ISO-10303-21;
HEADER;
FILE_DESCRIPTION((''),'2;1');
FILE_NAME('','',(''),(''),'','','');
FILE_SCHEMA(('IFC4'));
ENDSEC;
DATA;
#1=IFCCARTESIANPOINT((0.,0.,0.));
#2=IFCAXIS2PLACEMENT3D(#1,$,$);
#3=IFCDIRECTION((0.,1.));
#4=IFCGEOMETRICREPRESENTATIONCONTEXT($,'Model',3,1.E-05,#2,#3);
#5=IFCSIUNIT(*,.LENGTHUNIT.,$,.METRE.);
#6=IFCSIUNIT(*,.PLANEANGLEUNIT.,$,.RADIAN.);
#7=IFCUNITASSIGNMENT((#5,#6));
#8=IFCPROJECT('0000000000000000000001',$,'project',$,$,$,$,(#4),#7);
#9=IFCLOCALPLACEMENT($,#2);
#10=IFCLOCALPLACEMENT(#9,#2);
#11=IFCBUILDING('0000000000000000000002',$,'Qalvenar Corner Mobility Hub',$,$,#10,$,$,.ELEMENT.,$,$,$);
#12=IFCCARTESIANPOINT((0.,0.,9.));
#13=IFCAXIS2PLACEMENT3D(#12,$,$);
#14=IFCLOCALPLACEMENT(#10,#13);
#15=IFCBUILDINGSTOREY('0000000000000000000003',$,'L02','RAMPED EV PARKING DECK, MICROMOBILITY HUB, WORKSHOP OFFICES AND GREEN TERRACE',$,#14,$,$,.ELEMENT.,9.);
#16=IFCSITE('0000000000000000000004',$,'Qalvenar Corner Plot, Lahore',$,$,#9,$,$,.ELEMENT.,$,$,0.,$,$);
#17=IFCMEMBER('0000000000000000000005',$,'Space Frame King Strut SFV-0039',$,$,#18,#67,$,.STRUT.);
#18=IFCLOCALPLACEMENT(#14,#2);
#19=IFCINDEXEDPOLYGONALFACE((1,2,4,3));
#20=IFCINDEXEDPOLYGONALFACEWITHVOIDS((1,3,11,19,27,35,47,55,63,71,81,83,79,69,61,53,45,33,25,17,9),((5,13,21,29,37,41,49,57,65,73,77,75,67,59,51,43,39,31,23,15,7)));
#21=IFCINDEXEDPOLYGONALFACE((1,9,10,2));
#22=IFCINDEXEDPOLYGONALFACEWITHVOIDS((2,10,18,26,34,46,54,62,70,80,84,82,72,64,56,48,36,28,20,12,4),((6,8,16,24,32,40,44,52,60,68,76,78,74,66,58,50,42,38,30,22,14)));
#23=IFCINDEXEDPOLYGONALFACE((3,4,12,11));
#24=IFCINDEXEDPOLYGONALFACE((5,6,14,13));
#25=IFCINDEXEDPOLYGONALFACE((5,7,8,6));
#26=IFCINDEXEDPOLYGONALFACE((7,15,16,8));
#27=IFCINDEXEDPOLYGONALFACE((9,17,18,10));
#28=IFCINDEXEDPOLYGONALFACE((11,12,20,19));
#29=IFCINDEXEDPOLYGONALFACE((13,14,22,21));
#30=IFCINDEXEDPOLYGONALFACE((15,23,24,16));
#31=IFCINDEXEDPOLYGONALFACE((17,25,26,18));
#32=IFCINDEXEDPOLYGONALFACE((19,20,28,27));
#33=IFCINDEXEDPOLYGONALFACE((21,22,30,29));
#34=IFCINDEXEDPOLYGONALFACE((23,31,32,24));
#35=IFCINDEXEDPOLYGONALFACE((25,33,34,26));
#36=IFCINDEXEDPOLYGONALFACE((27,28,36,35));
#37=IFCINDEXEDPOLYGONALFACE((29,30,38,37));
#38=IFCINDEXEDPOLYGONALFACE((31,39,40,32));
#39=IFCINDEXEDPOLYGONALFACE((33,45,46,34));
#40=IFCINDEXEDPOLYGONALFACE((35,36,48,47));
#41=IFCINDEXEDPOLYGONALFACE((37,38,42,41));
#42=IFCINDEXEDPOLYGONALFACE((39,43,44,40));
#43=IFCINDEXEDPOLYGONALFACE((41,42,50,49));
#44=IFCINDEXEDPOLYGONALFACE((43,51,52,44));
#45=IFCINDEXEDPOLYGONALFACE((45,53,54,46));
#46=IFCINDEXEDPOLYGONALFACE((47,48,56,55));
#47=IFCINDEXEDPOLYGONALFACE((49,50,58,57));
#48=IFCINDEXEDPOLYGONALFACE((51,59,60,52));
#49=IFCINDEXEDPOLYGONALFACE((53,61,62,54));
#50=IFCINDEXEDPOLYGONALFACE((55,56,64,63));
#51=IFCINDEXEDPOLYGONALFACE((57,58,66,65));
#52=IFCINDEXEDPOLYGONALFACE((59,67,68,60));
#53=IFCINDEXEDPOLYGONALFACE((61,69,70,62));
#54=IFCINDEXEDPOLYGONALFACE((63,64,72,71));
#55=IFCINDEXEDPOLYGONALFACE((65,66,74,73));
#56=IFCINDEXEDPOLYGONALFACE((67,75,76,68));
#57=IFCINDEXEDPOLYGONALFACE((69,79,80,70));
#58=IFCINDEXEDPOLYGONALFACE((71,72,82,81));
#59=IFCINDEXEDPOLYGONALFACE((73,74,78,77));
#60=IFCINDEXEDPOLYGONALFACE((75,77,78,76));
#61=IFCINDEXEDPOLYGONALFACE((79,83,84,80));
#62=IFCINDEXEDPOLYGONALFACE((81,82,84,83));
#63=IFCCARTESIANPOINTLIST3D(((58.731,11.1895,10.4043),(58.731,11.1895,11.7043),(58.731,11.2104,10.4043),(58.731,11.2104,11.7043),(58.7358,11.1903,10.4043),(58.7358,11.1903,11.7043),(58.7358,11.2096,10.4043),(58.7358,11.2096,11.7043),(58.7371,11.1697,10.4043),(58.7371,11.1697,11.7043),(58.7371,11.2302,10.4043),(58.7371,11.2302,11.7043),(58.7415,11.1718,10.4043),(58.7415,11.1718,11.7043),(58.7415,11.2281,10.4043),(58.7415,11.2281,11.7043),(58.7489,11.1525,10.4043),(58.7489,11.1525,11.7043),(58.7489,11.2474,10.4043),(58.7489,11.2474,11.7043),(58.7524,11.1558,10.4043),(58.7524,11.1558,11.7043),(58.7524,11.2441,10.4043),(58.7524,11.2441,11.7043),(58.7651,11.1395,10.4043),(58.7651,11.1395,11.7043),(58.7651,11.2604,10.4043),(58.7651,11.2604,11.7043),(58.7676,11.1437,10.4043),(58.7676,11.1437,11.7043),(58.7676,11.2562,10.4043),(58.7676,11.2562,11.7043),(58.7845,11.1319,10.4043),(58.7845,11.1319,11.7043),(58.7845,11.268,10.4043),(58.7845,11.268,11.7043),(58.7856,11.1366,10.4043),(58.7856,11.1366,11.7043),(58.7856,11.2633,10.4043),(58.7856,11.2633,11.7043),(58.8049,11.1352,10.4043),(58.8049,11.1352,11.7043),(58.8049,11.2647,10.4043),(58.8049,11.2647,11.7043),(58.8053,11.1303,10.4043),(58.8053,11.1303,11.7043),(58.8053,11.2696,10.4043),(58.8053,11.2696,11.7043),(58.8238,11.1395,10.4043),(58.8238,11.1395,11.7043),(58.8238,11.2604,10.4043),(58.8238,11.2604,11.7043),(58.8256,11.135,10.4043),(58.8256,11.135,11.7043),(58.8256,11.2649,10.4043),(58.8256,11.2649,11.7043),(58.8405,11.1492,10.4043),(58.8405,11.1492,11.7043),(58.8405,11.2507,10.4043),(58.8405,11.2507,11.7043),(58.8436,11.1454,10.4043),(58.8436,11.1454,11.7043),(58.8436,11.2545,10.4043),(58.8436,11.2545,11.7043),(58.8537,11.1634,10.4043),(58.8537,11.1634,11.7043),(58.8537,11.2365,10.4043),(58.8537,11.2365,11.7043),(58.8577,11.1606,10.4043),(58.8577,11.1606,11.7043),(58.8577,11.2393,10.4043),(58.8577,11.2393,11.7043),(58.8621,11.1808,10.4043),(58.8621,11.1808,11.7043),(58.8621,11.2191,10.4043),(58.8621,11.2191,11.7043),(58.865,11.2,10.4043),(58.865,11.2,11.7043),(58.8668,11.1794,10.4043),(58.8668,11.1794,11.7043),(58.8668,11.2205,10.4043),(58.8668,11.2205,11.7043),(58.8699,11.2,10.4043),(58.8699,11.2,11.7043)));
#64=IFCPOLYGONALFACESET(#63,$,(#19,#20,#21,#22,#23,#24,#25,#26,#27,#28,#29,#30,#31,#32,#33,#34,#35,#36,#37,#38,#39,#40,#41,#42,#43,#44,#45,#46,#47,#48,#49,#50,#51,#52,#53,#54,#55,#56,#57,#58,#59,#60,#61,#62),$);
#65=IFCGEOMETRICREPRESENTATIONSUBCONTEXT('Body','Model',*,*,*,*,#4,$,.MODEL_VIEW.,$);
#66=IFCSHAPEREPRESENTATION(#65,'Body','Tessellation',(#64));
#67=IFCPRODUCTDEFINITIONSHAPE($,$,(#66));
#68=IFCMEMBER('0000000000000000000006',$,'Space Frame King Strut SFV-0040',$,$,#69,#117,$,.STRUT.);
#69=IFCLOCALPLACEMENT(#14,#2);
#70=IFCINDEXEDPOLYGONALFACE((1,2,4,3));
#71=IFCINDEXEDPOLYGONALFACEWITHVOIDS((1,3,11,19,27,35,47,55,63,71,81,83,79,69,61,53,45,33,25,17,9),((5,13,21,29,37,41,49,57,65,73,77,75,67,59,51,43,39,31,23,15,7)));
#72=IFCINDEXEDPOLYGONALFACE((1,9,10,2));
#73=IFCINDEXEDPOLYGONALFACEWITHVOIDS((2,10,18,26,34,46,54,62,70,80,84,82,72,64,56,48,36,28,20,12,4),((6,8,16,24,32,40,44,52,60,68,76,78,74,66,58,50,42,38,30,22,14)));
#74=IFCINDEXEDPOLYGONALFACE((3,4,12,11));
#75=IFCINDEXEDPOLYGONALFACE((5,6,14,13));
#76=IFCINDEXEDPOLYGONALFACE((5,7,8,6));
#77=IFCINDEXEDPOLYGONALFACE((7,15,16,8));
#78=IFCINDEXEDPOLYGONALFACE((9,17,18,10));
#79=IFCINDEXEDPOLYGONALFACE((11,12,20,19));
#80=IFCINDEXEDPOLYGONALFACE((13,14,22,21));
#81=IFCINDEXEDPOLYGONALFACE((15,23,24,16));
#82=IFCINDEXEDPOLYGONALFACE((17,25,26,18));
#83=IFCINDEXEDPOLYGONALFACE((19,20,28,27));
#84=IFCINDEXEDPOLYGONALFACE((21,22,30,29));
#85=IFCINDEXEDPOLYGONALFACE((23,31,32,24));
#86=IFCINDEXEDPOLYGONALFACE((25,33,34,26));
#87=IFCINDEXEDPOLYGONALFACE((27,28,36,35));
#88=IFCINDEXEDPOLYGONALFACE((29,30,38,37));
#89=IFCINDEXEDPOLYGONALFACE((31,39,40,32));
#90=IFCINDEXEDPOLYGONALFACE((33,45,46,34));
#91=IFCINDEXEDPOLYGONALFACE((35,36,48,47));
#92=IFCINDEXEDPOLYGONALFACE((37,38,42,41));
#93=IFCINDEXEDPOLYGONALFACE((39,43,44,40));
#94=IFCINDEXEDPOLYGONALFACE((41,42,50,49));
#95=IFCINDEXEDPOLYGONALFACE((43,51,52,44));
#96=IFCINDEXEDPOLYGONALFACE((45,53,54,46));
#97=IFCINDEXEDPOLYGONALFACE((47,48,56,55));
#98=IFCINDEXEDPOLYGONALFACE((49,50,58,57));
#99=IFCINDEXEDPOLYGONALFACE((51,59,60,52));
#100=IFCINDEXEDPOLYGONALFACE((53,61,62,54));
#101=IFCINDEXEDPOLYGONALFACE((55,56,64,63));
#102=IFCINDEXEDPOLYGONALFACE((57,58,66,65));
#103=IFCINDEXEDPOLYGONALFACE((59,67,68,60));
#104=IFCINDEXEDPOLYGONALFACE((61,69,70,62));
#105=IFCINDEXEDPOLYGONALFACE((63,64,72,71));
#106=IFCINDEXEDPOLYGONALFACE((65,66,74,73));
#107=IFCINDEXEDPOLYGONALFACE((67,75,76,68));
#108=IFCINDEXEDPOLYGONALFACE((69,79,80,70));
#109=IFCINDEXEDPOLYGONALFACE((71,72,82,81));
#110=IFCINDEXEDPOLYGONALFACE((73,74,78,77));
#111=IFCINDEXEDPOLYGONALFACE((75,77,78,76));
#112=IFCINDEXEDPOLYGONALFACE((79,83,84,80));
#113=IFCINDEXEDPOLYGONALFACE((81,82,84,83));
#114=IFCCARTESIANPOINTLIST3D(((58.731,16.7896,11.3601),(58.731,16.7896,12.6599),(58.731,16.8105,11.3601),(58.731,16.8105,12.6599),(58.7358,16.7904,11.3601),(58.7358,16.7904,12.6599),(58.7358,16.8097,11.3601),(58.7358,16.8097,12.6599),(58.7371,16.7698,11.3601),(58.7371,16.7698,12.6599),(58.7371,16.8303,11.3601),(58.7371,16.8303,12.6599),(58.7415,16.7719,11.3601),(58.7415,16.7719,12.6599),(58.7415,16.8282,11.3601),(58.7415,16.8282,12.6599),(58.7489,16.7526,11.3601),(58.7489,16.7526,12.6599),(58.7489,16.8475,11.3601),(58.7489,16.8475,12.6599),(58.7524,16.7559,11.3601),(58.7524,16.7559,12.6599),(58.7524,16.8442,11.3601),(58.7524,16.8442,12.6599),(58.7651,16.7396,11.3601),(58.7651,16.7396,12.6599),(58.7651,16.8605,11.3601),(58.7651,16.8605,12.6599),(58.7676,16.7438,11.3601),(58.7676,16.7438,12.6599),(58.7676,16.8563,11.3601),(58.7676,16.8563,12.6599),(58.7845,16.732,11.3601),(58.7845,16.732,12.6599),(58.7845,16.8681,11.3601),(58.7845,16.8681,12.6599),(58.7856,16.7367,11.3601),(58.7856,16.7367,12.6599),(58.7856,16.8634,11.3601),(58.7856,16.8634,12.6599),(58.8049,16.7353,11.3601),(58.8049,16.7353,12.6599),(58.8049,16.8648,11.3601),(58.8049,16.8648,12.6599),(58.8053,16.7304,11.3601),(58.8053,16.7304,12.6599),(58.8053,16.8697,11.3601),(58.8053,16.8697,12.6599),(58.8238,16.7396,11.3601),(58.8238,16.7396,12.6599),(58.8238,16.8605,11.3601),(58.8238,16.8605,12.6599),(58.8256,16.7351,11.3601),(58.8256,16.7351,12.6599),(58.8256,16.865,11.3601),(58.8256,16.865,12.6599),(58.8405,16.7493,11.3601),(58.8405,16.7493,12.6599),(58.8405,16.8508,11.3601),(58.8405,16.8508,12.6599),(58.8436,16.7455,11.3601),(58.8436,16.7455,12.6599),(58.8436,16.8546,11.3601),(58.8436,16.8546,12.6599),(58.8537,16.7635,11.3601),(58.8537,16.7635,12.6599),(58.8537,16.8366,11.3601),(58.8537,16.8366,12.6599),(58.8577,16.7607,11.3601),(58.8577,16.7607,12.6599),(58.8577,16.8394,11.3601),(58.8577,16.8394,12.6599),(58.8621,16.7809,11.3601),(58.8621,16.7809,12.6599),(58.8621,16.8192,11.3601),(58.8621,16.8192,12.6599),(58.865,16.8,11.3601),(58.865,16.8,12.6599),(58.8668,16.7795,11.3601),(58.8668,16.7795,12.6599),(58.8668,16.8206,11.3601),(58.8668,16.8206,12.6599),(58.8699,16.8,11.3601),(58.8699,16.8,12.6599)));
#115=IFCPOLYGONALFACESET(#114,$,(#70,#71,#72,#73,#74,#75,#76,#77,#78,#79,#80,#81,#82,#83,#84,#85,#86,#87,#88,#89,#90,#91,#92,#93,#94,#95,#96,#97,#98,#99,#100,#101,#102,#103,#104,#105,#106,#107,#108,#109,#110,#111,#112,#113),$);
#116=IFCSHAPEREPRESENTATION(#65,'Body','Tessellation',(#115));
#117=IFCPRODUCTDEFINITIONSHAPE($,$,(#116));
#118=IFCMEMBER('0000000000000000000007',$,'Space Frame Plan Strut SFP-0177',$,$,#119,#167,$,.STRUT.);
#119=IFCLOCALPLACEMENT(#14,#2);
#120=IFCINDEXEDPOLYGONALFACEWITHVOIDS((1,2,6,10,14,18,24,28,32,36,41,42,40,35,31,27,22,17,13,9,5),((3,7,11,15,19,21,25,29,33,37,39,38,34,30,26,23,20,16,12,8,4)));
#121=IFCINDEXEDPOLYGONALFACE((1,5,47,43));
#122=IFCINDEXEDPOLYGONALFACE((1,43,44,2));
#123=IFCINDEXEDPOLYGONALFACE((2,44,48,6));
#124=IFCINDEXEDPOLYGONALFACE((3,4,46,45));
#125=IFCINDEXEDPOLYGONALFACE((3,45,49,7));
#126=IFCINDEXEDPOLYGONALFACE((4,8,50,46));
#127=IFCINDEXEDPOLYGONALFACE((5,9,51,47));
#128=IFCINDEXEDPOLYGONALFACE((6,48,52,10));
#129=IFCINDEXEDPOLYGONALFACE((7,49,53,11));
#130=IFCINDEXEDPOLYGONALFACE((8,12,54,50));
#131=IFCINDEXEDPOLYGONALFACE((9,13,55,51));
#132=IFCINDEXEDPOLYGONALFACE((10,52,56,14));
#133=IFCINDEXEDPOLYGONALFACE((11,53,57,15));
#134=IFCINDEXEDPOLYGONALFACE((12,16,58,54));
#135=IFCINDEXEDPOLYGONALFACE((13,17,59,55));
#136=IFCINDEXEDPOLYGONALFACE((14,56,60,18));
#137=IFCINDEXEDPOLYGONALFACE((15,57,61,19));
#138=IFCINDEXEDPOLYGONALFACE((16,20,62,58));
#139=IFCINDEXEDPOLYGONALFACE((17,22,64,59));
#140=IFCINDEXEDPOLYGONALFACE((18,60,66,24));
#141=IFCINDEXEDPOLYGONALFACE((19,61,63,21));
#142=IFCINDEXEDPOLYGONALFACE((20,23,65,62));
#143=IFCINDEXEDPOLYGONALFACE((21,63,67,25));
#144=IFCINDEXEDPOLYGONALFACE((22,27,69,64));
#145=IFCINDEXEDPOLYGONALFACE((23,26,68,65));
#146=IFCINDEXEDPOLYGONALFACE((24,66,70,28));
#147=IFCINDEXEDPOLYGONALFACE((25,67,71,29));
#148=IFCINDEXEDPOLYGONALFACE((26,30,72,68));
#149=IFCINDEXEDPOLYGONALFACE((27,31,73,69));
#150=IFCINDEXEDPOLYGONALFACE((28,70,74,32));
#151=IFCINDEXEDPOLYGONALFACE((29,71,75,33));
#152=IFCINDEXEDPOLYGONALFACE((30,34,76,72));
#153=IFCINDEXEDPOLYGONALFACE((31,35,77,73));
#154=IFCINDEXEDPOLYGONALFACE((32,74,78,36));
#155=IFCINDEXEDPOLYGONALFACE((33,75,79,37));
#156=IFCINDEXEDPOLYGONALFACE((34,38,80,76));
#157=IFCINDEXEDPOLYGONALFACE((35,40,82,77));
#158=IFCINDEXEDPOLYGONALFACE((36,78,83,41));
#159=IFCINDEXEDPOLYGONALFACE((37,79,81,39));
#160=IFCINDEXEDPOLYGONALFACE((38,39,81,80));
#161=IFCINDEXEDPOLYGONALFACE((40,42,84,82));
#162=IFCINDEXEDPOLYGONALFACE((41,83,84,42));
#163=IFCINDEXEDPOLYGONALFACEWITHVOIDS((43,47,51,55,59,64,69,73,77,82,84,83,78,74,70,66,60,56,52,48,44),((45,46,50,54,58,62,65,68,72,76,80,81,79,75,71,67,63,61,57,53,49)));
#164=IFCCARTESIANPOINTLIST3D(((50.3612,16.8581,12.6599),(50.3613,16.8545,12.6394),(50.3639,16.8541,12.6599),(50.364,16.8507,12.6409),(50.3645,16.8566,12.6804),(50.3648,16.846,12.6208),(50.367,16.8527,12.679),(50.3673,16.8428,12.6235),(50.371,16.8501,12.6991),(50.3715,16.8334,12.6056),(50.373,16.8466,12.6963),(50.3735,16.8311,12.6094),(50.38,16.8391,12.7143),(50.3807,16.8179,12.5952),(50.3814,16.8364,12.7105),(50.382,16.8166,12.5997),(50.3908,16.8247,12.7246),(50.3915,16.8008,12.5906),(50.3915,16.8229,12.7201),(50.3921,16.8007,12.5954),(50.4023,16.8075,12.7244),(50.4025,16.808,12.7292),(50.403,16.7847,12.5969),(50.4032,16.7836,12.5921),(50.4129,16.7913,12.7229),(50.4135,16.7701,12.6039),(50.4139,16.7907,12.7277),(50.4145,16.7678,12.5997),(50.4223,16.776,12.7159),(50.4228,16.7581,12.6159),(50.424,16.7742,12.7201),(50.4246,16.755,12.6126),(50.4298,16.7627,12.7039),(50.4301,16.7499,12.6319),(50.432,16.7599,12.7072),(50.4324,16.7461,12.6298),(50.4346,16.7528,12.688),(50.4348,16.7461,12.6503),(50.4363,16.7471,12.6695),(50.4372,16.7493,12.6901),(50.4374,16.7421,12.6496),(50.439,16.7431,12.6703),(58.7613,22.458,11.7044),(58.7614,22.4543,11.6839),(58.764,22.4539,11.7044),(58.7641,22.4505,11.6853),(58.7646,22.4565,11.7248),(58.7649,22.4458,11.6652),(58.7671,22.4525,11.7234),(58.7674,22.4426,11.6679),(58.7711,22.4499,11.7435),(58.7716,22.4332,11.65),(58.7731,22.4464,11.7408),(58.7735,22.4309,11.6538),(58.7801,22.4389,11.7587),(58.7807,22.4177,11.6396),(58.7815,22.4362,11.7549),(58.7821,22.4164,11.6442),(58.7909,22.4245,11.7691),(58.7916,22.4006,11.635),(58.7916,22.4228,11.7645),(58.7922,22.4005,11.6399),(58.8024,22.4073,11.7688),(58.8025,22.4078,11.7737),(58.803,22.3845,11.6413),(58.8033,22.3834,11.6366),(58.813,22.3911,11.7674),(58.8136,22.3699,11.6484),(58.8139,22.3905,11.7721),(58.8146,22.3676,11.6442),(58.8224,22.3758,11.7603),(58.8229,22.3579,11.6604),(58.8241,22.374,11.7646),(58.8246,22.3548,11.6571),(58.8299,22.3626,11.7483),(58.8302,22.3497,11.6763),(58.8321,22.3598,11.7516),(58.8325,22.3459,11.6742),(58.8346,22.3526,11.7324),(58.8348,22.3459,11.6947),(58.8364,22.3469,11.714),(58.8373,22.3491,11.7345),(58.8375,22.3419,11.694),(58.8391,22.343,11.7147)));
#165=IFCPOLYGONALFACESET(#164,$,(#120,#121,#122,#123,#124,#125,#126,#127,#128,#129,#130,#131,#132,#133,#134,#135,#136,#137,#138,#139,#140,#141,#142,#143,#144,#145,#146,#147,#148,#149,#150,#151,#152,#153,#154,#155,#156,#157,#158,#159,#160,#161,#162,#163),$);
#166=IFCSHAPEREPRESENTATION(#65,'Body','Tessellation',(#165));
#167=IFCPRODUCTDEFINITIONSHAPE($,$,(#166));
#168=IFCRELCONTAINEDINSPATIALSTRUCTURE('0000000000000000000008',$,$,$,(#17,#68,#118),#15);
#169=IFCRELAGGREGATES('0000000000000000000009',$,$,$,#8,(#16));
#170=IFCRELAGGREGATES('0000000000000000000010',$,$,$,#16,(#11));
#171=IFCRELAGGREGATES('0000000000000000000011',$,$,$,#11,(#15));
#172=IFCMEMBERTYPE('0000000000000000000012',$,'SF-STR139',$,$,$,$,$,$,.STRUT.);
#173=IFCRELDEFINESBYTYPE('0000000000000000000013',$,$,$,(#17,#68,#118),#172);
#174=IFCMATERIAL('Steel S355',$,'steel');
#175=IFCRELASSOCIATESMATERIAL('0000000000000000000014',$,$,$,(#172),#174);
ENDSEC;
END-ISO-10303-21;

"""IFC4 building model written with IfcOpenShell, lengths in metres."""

from ifc_helpers import new_model, si_unit, direction, frame, origin, origin_2d, place, context, subcontext, project, spatial, hollow_circle, extrude, material, material_profile, profile_set, type_object, element, save


model = new_model("IFC4")

# Units and contexts
model_context = context("Model", 3, precision=1e-05, world=origin(), true_north=direction((0.0, 1.0)))
body_context = subcontext(model_context, "Body", "Model", "MODEL_VIEW")
ifc_project = project(units=[si_unit("LENGTHUNIT", "METRE"), si_unit("PLANEANGLEUNIT", "RADIAN")], contexts=[model_context])

# Site, building, storey
site_placement = place(None, origin())
site = spatial("IfcSite", under=ifc_project, at=site_placement, Name="Qalvenar Corner Plot, Lahore", CompositionType="ELEMENT", RefElevation=0.0)
building_placement = place(site_placement, origin())
building = spatial("IfcBuilding", under=site, at=building_placement, Name="Qalvenar Corner Mobility Hub", CompositionType="ELEMENT")
storey_placement = place(building_placement, frame((0.0, 0.0, 9.0)))
storey = spatial("IfcBuildingStorey", under=building, at=storey_placement, Name="L02", Description="RAMPED EV PARKING DECK, MICROMOBILITY HUB, WORKSHOP OFFICES AND GREEN TERRACE", CompositionType="ELEMENT", Elevation=9.0)

# Members
ifc_material_1 = material(Name="Steel S355", Category="steel")
ifc_material_profile_1 = material_profile(ifc_material_1, hollow_circle(Radius=0.0698, WallThickness=0.0049, at=origin_2d()), Name="CHS139.7x5")
ifc_profile_set_1 = profile_set([ifc_material_profile_1], Name="Steel S355")
member_type_1 = type_object("IfcMemberType", Name="SF-STR139", PredefinedType="STRUT", material=ifc_profile_set_1)
member_1_placement = place(storey_placement, frame((58.8, 11.2, 10.4043), z_axis=(0.0, 0.0, 1.0), x_axis=(1.0, 0.0, 0.0)))
element("IfcMember", 1, at=member_1_placement, inside=storey, type_object=member_type_1, Name="Space Frame King Strut SFV-0039", PredefinedType="STRUT", context=body_context, shape_type="SweptSolid", body=[
    extrude(hollow_circle(Radius=0.0698, WallThickness=0.0049, at=origin_2d()), origin(), (0.0, 0.0, 1.0), 1.3),
])
member_2_placement = place(storey_placement, frame((58.8, 16.8, 11.3601), z_axis=(0.0, 0.0, 1.0), x_axis=(1.0, 0.0, 0.0)))
element("IfcMember", 2, at=member_2_placement, inside=storey, type_object=member_type_1, Name="Space Frame King Strut SFV-0040", PredefinedType="STRUT", context=body_context, shape_type="SweptSolid", body=[
    extrude(hollow_circle(Radius=0.0698, WallThickness=0.0049, at=origin_2d()), origin(), (0.0, 0.0, 1.0), 1.2998),
])
for number, where, z_axis, x_axis, name in (
    (3, (50.3999, 16.8, 12.6599), (0.828359, 0.552215, -0.094231), (-0.554683, 0.832061, 0.0), "Space Frame Plan Strut SFP-0177"),
):
    element("IfcMember", number, at=place(storey_placement, frame(where, z_axis=z_axis, x_axis=x_axis)), inside=storey, type_object=member_type_1, Name=name, PredefinedType="STRUT", context=body_context, shape_type="SweptSolid", body=[
        extrude(hollow_circle(Radius=0.0698, WallThickness=0.0049, at=origin_2d()), origin(), (0.0, 0.0, 1.0), 10.1406),
    ])

save(model, "model.ifc")
